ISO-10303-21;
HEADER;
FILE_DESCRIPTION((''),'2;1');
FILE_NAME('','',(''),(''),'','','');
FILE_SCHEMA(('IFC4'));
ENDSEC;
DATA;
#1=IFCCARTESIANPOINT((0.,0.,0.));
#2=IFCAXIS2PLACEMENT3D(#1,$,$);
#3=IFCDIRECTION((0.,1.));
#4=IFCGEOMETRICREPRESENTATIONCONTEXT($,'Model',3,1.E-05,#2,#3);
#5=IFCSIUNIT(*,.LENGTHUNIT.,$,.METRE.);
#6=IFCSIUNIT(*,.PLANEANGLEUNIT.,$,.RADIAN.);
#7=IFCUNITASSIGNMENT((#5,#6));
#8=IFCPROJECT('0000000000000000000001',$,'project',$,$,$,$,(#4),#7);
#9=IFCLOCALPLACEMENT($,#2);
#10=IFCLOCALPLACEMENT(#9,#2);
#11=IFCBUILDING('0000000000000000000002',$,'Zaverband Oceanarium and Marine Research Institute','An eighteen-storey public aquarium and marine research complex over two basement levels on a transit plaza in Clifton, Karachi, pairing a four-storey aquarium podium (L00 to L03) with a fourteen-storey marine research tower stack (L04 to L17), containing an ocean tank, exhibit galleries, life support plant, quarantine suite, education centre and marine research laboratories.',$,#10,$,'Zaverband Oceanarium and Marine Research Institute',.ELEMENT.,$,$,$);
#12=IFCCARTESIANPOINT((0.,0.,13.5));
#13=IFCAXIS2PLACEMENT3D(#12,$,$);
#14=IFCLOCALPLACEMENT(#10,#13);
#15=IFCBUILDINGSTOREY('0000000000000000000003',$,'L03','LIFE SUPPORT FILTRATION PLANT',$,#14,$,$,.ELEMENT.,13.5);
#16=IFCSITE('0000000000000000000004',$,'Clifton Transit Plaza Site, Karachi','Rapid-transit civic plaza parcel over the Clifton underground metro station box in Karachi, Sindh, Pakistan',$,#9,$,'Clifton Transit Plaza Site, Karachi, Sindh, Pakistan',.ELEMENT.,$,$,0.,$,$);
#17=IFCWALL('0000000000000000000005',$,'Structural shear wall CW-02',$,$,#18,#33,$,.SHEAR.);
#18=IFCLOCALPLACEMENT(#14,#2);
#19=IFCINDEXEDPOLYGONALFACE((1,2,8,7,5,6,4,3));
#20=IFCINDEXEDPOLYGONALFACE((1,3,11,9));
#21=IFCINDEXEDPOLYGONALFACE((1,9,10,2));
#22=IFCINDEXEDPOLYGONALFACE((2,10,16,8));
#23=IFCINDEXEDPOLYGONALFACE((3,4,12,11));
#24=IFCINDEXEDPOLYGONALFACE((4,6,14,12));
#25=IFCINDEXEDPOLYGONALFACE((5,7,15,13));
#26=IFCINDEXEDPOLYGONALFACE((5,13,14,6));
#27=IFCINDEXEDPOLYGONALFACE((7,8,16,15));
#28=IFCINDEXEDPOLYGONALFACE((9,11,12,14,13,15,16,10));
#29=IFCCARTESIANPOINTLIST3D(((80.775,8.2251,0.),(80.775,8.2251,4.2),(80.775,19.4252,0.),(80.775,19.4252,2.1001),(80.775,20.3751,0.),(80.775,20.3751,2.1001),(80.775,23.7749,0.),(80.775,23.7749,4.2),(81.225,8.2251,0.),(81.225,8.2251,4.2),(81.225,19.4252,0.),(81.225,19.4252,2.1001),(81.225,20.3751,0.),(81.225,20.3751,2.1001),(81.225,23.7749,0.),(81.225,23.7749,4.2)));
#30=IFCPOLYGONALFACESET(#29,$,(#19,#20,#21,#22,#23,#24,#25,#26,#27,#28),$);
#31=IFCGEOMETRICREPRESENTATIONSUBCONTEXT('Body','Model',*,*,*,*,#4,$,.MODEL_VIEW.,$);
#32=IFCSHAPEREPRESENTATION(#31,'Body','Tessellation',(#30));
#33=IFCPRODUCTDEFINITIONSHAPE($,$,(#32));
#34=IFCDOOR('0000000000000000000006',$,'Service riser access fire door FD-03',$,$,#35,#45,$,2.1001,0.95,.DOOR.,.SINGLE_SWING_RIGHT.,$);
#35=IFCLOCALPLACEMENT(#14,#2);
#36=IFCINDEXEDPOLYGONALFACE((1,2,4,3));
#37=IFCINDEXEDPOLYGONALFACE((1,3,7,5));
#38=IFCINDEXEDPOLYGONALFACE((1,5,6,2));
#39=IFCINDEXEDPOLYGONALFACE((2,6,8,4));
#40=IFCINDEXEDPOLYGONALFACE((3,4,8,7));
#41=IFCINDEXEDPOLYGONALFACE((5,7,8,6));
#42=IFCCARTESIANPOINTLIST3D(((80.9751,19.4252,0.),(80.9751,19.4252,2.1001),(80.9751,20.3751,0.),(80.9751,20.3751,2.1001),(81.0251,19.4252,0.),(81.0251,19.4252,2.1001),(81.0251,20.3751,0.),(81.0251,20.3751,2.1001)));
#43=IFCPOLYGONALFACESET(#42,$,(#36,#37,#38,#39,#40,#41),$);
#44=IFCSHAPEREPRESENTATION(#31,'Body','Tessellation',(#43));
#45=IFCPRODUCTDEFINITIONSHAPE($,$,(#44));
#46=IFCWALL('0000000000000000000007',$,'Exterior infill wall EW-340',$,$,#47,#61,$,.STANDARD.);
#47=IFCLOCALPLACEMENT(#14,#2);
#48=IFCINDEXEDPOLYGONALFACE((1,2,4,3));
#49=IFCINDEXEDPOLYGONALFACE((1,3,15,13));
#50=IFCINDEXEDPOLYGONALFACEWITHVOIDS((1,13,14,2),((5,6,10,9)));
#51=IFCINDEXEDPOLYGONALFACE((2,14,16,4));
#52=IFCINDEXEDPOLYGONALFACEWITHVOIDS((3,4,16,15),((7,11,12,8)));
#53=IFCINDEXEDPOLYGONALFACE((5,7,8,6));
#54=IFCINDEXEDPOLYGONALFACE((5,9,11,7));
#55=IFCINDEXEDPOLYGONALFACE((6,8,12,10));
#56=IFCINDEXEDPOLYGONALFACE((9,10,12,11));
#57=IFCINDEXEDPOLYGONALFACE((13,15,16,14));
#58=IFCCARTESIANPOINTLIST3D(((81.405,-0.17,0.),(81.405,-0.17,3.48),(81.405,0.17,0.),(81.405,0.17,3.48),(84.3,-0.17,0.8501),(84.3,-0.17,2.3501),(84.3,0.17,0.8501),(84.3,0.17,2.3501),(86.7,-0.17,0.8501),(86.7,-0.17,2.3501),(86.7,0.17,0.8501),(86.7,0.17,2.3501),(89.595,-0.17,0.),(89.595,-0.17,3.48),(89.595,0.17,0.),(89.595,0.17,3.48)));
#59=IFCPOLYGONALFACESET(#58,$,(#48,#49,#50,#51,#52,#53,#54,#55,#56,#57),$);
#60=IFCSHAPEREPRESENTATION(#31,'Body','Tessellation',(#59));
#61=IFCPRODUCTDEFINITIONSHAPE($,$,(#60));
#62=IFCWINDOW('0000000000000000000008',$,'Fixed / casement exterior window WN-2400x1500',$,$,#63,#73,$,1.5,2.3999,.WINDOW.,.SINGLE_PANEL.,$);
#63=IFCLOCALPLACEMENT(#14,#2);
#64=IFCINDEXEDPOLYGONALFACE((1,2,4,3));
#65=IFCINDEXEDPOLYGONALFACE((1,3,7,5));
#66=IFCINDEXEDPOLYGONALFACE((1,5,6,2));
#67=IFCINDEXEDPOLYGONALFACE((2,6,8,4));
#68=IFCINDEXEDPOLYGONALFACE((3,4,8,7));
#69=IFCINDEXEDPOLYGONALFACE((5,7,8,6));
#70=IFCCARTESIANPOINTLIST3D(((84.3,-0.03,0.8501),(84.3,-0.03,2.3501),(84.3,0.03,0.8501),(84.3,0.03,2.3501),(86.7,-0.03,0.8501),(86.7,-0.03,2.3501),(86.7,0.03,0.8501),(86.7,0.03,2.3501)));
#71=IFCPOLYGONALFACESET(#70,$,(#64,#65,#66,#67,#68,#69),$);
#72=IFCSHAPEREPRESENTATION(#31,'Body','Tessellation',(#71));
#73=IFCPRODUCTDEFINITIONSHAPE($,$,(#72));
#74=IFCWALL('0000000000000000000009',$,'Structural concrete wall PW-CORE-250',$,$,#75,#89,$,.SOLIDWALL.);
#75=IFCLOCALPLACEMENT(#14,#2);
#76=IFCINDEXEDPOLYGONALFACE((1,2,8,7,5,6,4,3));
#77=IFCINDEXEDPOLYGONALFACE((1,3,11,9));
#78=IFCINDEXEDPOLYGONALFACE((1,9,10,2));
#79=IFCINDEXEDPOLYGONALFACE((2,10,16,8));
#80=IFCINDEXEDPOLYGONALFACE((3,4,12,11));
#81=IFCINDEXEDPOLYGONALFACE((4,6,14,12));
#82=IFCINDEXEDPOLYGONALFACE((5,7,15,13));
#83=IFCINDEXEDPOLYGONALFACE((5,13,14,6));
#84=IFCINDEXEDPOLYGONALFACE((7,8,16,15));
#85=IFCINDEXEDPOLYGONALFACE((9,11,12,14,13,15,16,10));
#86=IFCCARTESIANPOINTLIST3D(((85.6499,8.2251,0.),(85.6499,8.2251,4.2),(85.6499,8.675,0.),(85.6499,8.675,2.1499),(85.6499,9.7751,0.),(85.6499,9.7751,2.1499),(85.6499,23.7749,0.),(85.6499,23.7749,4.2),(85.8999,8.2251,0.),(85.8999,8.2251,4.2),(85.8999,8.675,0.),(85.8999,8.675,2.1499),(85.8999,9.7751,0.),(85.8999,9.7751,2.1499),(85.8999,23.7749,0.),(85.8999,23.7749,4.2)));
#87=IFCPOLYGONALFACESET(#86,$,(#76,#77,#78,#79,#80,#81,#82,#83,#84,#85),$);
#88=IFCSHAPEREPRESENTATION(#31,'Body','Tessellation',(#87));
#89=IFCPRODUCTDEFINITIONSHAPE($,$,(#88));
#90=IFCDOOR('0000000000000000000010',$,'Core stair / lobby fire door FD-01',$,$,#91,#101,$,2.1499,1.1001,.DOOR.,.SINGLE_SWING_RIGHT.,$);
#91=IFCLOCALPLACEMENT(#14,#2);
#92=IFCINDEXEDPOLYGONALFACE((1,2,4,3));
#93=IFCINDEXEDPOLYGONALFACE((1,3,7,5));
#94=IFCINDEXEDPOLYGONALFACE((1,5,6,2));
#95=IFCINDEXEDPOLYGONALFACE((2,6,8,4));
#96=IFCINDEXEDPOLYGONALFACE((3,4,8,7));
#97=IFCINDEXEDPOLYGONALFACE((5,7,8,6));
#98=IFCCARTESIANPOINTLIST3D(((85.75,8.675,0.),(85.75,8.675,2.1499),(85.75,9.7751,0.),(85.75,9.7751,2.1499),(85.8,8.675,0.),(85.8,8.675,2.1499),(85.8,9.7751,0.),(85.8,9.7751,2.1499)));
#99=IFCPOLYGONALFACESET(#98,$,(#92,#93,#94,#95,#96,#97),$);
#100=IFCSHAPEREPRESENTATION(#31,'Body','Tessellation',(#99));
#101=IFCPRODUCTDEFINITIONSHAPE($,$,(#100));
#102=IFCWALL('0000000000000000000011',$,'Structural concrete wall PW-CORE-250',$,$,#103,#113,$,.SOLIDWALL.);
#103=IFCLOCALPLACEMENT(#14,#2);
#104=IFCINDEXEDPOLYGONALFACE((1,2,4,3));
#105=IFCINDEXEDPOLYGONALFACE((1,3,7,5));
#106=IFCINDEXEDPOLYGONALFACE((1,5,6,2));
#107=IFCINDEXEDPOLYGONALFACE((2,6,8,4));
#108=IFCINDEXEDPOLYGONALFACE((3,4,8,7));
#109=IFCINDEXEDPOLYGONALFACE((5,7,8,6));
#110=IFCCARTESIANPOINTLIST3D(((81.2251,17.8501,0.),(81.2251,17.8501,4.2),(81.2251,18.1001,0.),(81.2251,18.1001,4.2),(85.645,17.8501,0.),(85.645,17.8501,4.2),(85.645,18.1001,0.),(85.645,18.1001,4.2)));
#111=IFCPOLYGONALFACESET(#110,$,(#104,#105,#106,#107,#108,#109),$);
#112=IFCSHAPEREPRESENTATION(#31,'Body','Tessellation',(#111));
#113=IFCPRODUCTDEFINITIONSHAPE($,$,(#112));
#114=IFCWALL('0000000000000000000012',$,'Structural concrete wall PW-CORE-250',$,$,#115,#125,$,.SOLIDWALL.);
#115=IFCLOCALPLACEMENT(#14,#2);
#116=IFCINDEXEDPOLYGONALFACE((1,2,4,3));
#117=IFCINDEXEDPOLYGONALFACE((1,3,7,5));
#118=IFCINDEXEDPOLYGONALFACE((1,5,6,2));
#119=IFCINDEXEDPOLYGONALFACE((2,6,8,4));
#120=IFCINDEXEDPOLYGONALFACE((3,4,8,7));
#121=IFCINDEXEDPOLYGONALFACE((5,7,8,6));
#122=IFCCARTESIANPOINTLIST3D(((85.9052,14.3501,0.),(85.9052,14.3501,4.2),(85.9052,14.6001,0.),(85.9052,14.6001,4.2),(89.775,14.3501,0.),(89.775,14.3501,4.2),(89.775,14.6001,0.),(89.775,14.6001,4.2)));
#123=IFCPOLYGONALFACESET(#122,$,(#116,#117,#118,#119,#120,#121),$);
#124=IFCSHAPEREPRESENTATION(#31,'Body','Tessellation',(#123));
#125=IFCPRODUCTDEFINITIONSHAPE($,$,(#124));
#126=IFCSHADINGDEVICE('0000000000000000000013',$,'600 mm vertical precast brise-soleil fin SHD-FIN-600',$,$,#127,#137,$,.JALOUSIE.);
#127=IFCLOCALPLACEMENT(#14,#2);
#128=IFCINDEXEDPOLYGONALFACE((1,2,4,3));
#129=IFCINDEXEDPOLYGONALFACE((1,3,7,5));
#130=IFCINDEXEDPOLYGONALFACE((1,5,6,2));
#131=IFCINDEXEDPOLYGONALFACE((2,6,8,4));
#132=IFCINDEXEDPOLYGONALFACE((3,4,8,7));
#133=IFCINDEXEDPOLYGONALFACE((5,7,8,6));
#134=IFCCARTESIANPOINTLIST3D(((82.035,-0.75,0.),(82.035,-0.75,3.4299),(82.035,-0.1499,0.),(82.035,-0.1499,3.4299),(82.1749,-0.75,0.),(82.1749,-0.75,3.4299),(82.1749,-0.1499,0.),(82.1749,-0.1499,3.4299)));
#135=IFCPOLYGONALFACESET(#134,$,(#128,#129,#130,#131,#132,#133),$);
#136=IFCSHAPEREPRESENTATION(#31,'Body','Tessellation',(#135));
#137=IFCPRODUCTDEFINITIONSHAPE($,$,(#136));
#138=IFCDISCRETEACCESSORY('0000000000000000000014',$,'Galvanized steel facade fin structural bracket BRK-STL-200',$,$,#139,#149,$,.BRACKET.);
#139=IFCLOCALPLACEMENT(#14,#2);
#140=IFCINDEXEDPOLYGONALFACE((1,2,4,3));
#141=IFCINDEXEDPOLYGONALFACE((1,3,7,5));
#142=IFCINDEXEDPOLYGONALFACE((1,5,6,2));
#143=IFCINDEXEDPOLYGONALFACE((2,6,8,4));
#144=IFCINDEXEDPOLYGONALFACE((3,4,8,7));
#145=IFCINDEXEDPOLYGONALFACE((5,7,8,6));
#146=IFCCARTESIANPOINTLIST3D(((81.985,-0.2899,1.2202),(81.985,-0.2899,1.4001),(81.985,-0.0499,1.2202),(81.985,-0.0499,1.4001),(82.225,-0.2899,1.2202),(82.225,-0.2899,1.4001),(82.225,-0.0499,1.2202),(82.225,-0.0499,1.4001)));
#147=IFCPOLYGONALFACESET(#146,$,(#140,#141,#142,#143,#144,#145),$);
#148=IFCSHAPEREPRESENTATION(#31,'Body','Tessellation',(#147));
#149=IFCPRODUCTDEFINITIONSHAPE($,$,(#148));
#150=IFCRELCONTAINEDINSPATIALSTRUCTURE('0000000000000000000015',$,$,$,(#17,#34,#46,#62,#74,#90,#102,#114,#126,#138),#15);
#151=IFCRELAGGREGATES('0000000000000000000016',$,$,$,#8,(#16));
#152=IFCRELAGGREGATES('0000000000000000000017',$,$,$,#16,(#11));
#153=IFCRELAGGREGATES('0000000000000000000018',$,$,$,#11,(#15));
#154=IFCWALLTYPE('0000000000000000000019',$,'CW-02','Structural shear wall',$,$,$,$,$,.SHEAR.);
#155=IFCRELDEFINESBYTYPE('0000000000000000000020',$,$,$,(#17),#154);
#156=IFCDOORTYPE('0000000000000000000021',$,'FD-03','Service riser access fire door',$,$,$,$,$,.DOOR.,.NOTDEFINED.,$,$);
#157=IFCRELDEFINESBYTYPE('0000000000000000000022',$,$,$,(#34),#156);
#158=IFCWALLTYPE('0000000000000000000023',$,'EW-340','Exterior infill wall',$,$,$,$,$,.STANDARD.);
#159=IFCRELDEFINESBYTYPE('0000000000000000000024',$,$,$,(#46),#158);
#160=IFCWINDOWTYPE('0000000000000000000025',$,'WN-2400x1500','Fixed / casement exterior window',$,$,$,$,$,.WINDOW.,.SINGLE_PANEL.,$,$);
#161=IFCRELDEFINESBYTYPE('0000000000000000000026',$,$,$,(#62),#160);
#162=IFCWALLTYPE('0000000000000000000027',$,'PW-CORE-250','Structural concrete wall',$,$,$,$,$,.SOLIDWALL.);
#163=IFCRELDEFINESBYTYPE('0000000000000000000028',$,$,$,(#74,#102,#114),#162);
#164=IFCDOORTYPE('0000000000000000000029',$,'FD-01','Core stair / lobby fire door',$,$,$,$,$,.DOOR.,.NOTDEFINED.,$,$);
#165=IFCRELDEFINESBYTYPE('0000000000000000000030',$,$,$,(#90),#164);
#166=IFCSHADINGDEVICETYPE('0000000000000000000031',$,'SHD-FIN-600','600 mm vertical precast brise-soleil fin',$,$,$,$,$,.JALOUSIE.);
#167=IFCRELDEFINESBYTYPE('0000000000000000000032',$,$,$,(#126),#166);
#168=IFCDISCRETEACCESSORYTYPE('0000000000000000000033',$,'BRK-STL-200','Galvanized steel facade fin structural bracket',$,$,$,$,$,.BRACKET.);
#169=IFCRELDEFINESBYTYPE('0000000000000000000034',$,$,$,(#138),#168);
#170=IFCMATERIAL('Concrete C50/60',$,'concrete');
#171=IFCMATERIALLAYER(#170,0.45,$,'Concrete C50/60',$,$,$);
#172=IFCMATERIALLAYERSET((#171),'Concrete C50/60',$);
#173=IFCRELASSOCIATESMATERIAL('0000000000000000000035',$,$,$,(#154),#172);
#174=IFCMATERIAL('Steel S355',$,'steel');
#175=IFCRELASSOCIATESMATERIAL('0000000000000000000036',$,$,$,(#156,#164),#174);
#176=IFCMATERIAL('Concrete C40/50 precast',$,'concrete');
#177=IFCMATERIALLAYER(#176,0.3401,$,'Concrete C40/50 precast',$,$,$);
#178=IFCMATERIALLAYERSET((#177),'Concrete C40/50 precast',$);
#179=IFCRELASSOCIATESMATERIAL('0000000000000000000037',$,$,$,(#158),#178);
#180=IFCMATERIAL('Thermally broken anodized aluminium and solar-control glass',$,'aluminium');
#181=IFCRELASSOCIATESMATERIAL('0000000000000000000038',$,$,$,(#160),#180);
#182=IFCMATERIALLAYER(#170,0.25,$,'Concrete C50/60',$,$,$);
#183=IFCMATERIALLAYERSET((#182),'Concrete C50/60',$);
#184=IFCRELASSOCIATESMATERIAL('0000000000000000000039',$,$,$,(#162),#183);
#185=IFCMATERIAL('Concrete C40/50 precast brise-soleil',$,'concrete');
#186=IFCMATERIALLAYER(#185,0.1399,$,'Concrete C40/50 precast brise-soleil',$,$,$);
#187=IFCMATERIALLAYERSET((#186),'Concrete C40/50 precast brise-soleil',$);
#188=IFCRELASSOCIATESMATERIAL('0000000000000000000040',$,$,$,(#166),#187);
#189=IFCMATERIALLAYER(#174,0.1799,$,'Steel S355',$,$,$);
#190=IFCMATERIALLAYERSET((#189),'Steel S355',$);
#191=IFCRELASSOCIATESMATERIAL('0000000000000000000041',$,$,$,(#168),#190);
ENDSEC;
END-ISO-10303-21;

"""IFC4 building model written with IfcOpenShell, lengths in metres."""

from ifc_helpers import new_model, si_unit, direction, frame, frame_2d, origin, origin_2d, place, context, subcontext, project, spatial, rectangle, extrude, material, layer, layer_set, type_object, element, fill, save


model = new_model("IFC4")

# Units and contexts
model_context = context("Model", 3, precision=1e-05, world=origin(), true_north=direction((0.0, 1.0)))
body_context = subcontext(model_context, "Body", "Model", "MODEL_VIEW")
ifc_project = project(units=[si_unit("LENGTHUNIT", "METRE"), si_unit("PLANEANGLEUNIT", "RADIAN")], contexts=[model_context])

# Site, building, storey
site_placement = place(None, origin())
site = spatial("IfcSite", under=ifc_project, at=site_placement, Name="Clifton Transit Plaza Site, Karachi", Description="Rapid-transit civic plaza parcel over the Clifton underground metro station box in Karachi, Sindh, Pakistan", LongName="Clifton Transit Plaza Site, Karachi, Sindh, Pakistan", CompositionType="ELEMENT", RefElevation=0.0)
building_placement = place(site_placement, origin())
building = spatial("IfcBuilding", under=site, at=building_placement, Name="Zaverband Oceanarium and Marine Research Institute", Description="An eighteen-storey public aquarium and marine research complex over two basement levels on a transit plaza in Clifton, Karachi, pairing a four-storey aquarium podium (L00 to L03) with a fourteen-storey marine research tower stack (L04 to L17), containing an ocean tank, exhibit galleries, life support plant, quarantine suite, education centre and marine research laboratories.", LongName="Zaverband Oceanarium and Marine Research Institute", CompositionType="ELEMENT")
storey_placement = place(building_placement, frame((0.0, 0.0, 13.5)))
storey = spatial("IfcBuildingStorey", under=building, at=storey_placement, Name="L03", Description="LIFE SUPPORT FILTRATION PLANT", CompositionType="ELEMENT", Elevation=13.5)

# Shared definitions
ifc_material_1 = material(Name="Concrete C50/60", Category="concrete")

# Shared definitions
ifc_layer_1 = layer(ifc_material_1, 0.45, Name="Concrete C50/60")
ifc_layer_set_1 = layer_set([ifc_layer_1], Name="Concrete C50/60")
wall_type_1 = type_object("IfcWallType", Name="CW-02", Description="Structural shear wall", PredefinedType="SHEAR", material=ifc_layer_set_1)

# Wall, opening, door
wall_1_placement = place(storey_placement, frame((81.0, 8.2251, 0.0), z_axis=(0.0, 0.0, 1.0), x_axis=(0.0, 1.0, 0.0)))
wall_1 = element("IfcWall", 1, at=wall_1_placement, inside=storey, type_object=wall_type_1, Name="Structural shear wall CW-02", PredefinedType="SHEAR", context=body_context, shape_type="SweptSolid", body=[
    extrude(rectangle(XDim=15.5498, YDim=0.45, at=frame_2d((7.7749, 0.0))), origin(), (0.0, 0.0, 1.0), 4.2),
])
opening_1_placement = place(wall_1_placement, frame((11.2, 0.0, 0.0)))
opening_1 = element("IfcOpeningElement", 2, at=opening_1_placement, cuts=wall_1, PredefinedType="OPENING", context=body_context, shape_type="SweptSolid", body=[
    extrude(rectangle(XDim=0.95, YDim=2.1001, at=frame_2d((0.4751, 1.05))), frame((0.0, 0.2368, 0.0), z_axis=(0.0, -1.0, 0.0), x_axis=(1.0, 0.0, 0.0)), (0.0, 0.0, 1.0), 0.4739),
])
ifc_material_2 = material(Name="Steel S355", Category="steel")
door_type_1 = type_object("IfcDoorType", Name="FD-03", Description="Service riser access fire door", OperationType="NOTDEFINED", PredefinedType="DOOR", material=ifc_material_2)
door_1_placement = place(opening_1_placement, origin())
door_1 = element("IfcDoor", 3, at=door_1_placement, inside=storey, type_object=door_type_1, Name="Service riser access fire door FD-03", OperationType="SINGLE_SWING_RIGHT", OverallHeight=2.1001, OverallWidth=0.95, PredefinedType="DOOR", context=body_context, shape_type="SweptSolid", body=[
    extrude(rectangle(XDim=0.95, YDim=2.1001, at=frame_2d((0.4751, 1.05))), frame((0.0, 0.0249, 0.0), z_axis=(0.0, -1.0, 0.0), x_axis=(1.0, 0.0, 0.0)), (0.0, 0.0, 1.0), 0.05),
])
fill(opening_1, door_1)

# Wall, opening, window
ifc_material_3 = material(Name="Concrete C40/50 precast", Category="concrete")
ifc_layer_2 = layer(ifc_material_3, 0.3401, Name="Concrete C40/50 precast")
ifc_layer_set_2 = layer_set([ifc_layer_2], Name="Concrete C40/50 precast")
wall_type_2 = type_object("IfcWallType", Name="EW-340", Description="Exterior infill wall", PredefinedType="STANDARD", material=ifc_layer_set_2)
wall_2_placement = place(storey_placement, frame((81.405, 0.0, 0.0), z_axis=(0.0, 0.0, 1.0), x_axis=(1.0, 0.0, 0.0)))
wall_2 = element("IfcWall", 4, at=wall_2_placement, inside=storey, type_object=wall_type_2, Name="Exterior infill wall EW-340", PredefinedType="STANDARD", context=body_context, shape_type="SweptSolid", body=[
    extrude(rectangle(XDim=8.1899, YDim=0.3401, at=frame_2d((4.095, 0.0))), origin(), (0.0, 0.0, 1.0), 3.48),
])
opening_2_placement = place(wall_2_placement, frame((2.895, 0.0, 0.8501)))
opening_2 = element("IfcOpeningElement", 5, at=opening_2_placement, cuts=wall_2, PredefinedType="OPENING", context=body_context, shape_type="SweptSolid", body=[
    extrude(rectangle(XDim=2.3999, YDim=1.5, at=frame_2d((1.2, 0.75))), frame((0.0, 0.1821, 0.0), z_axis=(0.0, -1.0, 0.0), x_axis=(1.0, 0.0, 0.0)), (0.0, 0.0, 1.0), 0.364),
])
ifc_material_4 = material(Name="Thermally broken anodized aluminium and solar-control glass", Category="aluminium")
window_type = type_object("IfcWindowType", Name="WN-2400x1500", Description="Fixed / casement exterior window", PartitioningType="SINGLE_PANEL", PredefinedType="WINDOW", material=ifc_material_4)
window_placement = place(opening_2_placement, origin())
window = element("IfcWindow", 6, at=window_placement, inside=storey, type_object=window_type, Name="Fixed / casement exterior window WN-2400x1500", OverallHeight=1.5, OverallWidth=2.3999, PartitioningType="SINGLE_PANEL", PredefinedType="WINDOW", context=body_context, shape_type="SweptSolid", body=[
    extrude(rectangle(XDim=2.3999, YDim=1.5, at=frame_2d((1.2, 0.75))), frame((0.0, 0.03, 0.0), z_axis=(0.0, -1.0, 0.0), x_axis=(1.0, 0.0, 0.0)), (0.0, 0.0, 1.0), 0.0601),
])
fill(opening_2, window)

# Wall, opening, door
ifc_layer_3 = layer(ifc_material_1, 0.25, Name="Concrete C50/60")
ifc_layer_set_3 = layer_set([ifc_layer_3], Name="Concrete C50/60")
wall_type_3 = type_object("IfcWallType", Name="PW-CORE-250", Description="Structural concrete wall", PredefinedType="SOLIDWALL", material=ifc_layer_set_3)
wall_3_placement = place(storey_placement, frame((85.7749, 8.2251, 0.0), z_axis=(0.0, 0.0, 1.0), x_axis=(0.0, 1.0, 0.0)))
wall_3 = element("IfcWall", 7, at=wall_3_placement, inside=storey, type_object=wall_type_3, Name="Structural concrete wall PW-CORE-250", PredefinedType="SOLIDWALL", context=body_context, shape_type="SweptSolid", body=[
    extrude(rectangle(XDim=15.5498, YDim=0.25, at=frame_2d((7.7749, 0.0))), origin(), (0.0, 0.0, 1.0), 4.2),
])
opening_3_placement = place(wall_3_placement, frame((0.45, 0.0, 0.0)))
opening_3 = element("IfcOpeningElement", 8, at=opening_3_placement, cuts=wall_3, PredefinedType="OPENING", context=body_context, shape_type="SweptSolid", body=[
    extrude(rectangle(XDim=1.1001, YDim=2.1499, at=frame_2d((0.55, 1.075))), frame((0.0, 0.137, 0.0), z_axis=(0.0, -1.0, 0.0), x_axis=(1.0, 0.0, 0.0)), (0.0, 0.0, 1.0), 0.2739),
])
door_type_2 = type_object("IfcDoorType", Name="FD-01", Description="Core stair / lobby fire door", OperationType="NOTDEFINED", PredefinedType="DOOR", material=ifc_material_2)
door_2_placement = place(opening_3_placement, origin())
door_2 = element("IfcDoor", 9, at=door_2_placement, inside=storey, type_object=door_type_2, Name="Core stair / lobby fire door FD-01", OperationType="SINGLE_SWING_RIGHT", OverallHeight=2.1499, OverallWidth=1.1001, PredefinedType="DOOR", context=body_context, shape_type="SweptSolid", body=[
    extrude(rectangle(XDim=1.1001, YDim=2.1499, at=frame_2d((0.55, 1.075))), frame((0.0, 0.0249, 0.0), z_axis=(0.0, -1.0, 0.0), x_axis=(1.0, 0.0, 0.0)), (0.0, 0.0, 1.0), 0.05),
])
fill(opening_3, door_2)

# Walls
wall_4_placement = place(storey_placement, frame((81.2251, 17.9751, 0.0), z_axis=(0.0, 0.0, 1.0), x_axis=(1.0, 0.0, 0.0)))
element("IfcWall", 10, at=wall_4_placement, inside=storey, type_object=wall_type_3, Name="Structural concrete wall PW-CORE-250", PredefinedType="SOLIDWALL", context=body_context, shape_type="SweptSolid", body=[
    extrude(rectangle(XDim=4.4199, YDim=0.25, at=frame_2d((2.21, 0.0))), origin(), (0.0, 0.0, 1.0), 4.2),
])
wall_5_placement = place(storey_placement, frame((85.905, 14.4751, 0.0), z_axis=(0.0, 0.0, 1.0), x_axis=(1.0, 0.0, 0.0)))
element("IfcWall", 11, at=wall_5_placement, inside=storey, type_object=wall_type_3, Name="Structural concrete wall PW-CORE-250", PredefinedType="SOLIDWALL", context=body_context, shape_type="SweptSolid", body=[
    extrude(rectangle(XDim=3.8699, YDim=0.25, at=frame_2d((1.9351, 0.0))), origin(), (0.0, 0.0, 1.0), 4.2),
])

# Shading device
ifc_material_5 = material(Name="Concrete C40/50 precast brise-soleil", Category="concrete")
ifc_layer_4 = layer(ifc_material_5, 0.1399, Name="Concrete C40/50 precast brise-soleil")
ifc_layer_set_4 = layer_set([ifc_layer_4], Name="Concrete C40/50 precast brise-soleil")
shading_device_type = type_object("IfcShadingDeviceType", Name="SHD-FIN-600", Description="600 mm vertical precast brise-soleil fin", PredefinedType="JALOUSIE", material=ifc_layer_set_4)
shading_device_placement = place(storey_placement, frame((82.105, -0.1499, 0.0), z_axis=(0.0, 0.0, 1.0), x_axis=(0.0, -1.0, 0.0)))
element("IfcShadingDevice", 12, at=shading_device_placement, inside=storey, type_object=shading_device_type, Name="600 mm vertical precast brise-soleil fin SHD-FIN-600", PredefinedType="JALOUSIE", context=body_context, shape_type="SweptSolid", body=[
    extrude(rectangle(XDim=0.6001, YDim=0.1399, at=frame_2d((0.3, 0.0))), origin(), (0.0, 0.0, 1.0), 3.4299),
])

# Discrete accessory
ifc_layer_5 = layer(ifc_material_2, 0.1799, Name="Steel S355")
ifc_layer_set_5 = layer_set([ifc_layer_5], Name="Steel S355")
discrete_accessory_type = type_object("IfcDiscreteAccessoryType", Name="BRK-STL-200", Description="Galvanized steel facade fin structural bracket", PredefinedType="BRACKET", material=ifc_layer_set_5)
discrete_accessory_placement = place(storey_placement, frame((82.105, -0.1699, 1.2202), z_axis=(0.0, 0.0, 1.0), x_axis=(1.0, 0.0, 0.0)))
element("IfcDiscreteAccessory", 13, at=discrete_accessory_placement, inside=storey, type_object=discrete_accessory_type, Name="Galvanized steel facade fin structural bracket BRK-STL-200", PredefinedType="BRACKET", context=body_context, shape_type="SweptSolid", body=[
    extrude(rectangle(XDim=0.24, YDim=0.24, at=origin_2d()), origin(), (0.0, 0.0, 1.0), 0.1799),
])

save(model, "model.ifc")
